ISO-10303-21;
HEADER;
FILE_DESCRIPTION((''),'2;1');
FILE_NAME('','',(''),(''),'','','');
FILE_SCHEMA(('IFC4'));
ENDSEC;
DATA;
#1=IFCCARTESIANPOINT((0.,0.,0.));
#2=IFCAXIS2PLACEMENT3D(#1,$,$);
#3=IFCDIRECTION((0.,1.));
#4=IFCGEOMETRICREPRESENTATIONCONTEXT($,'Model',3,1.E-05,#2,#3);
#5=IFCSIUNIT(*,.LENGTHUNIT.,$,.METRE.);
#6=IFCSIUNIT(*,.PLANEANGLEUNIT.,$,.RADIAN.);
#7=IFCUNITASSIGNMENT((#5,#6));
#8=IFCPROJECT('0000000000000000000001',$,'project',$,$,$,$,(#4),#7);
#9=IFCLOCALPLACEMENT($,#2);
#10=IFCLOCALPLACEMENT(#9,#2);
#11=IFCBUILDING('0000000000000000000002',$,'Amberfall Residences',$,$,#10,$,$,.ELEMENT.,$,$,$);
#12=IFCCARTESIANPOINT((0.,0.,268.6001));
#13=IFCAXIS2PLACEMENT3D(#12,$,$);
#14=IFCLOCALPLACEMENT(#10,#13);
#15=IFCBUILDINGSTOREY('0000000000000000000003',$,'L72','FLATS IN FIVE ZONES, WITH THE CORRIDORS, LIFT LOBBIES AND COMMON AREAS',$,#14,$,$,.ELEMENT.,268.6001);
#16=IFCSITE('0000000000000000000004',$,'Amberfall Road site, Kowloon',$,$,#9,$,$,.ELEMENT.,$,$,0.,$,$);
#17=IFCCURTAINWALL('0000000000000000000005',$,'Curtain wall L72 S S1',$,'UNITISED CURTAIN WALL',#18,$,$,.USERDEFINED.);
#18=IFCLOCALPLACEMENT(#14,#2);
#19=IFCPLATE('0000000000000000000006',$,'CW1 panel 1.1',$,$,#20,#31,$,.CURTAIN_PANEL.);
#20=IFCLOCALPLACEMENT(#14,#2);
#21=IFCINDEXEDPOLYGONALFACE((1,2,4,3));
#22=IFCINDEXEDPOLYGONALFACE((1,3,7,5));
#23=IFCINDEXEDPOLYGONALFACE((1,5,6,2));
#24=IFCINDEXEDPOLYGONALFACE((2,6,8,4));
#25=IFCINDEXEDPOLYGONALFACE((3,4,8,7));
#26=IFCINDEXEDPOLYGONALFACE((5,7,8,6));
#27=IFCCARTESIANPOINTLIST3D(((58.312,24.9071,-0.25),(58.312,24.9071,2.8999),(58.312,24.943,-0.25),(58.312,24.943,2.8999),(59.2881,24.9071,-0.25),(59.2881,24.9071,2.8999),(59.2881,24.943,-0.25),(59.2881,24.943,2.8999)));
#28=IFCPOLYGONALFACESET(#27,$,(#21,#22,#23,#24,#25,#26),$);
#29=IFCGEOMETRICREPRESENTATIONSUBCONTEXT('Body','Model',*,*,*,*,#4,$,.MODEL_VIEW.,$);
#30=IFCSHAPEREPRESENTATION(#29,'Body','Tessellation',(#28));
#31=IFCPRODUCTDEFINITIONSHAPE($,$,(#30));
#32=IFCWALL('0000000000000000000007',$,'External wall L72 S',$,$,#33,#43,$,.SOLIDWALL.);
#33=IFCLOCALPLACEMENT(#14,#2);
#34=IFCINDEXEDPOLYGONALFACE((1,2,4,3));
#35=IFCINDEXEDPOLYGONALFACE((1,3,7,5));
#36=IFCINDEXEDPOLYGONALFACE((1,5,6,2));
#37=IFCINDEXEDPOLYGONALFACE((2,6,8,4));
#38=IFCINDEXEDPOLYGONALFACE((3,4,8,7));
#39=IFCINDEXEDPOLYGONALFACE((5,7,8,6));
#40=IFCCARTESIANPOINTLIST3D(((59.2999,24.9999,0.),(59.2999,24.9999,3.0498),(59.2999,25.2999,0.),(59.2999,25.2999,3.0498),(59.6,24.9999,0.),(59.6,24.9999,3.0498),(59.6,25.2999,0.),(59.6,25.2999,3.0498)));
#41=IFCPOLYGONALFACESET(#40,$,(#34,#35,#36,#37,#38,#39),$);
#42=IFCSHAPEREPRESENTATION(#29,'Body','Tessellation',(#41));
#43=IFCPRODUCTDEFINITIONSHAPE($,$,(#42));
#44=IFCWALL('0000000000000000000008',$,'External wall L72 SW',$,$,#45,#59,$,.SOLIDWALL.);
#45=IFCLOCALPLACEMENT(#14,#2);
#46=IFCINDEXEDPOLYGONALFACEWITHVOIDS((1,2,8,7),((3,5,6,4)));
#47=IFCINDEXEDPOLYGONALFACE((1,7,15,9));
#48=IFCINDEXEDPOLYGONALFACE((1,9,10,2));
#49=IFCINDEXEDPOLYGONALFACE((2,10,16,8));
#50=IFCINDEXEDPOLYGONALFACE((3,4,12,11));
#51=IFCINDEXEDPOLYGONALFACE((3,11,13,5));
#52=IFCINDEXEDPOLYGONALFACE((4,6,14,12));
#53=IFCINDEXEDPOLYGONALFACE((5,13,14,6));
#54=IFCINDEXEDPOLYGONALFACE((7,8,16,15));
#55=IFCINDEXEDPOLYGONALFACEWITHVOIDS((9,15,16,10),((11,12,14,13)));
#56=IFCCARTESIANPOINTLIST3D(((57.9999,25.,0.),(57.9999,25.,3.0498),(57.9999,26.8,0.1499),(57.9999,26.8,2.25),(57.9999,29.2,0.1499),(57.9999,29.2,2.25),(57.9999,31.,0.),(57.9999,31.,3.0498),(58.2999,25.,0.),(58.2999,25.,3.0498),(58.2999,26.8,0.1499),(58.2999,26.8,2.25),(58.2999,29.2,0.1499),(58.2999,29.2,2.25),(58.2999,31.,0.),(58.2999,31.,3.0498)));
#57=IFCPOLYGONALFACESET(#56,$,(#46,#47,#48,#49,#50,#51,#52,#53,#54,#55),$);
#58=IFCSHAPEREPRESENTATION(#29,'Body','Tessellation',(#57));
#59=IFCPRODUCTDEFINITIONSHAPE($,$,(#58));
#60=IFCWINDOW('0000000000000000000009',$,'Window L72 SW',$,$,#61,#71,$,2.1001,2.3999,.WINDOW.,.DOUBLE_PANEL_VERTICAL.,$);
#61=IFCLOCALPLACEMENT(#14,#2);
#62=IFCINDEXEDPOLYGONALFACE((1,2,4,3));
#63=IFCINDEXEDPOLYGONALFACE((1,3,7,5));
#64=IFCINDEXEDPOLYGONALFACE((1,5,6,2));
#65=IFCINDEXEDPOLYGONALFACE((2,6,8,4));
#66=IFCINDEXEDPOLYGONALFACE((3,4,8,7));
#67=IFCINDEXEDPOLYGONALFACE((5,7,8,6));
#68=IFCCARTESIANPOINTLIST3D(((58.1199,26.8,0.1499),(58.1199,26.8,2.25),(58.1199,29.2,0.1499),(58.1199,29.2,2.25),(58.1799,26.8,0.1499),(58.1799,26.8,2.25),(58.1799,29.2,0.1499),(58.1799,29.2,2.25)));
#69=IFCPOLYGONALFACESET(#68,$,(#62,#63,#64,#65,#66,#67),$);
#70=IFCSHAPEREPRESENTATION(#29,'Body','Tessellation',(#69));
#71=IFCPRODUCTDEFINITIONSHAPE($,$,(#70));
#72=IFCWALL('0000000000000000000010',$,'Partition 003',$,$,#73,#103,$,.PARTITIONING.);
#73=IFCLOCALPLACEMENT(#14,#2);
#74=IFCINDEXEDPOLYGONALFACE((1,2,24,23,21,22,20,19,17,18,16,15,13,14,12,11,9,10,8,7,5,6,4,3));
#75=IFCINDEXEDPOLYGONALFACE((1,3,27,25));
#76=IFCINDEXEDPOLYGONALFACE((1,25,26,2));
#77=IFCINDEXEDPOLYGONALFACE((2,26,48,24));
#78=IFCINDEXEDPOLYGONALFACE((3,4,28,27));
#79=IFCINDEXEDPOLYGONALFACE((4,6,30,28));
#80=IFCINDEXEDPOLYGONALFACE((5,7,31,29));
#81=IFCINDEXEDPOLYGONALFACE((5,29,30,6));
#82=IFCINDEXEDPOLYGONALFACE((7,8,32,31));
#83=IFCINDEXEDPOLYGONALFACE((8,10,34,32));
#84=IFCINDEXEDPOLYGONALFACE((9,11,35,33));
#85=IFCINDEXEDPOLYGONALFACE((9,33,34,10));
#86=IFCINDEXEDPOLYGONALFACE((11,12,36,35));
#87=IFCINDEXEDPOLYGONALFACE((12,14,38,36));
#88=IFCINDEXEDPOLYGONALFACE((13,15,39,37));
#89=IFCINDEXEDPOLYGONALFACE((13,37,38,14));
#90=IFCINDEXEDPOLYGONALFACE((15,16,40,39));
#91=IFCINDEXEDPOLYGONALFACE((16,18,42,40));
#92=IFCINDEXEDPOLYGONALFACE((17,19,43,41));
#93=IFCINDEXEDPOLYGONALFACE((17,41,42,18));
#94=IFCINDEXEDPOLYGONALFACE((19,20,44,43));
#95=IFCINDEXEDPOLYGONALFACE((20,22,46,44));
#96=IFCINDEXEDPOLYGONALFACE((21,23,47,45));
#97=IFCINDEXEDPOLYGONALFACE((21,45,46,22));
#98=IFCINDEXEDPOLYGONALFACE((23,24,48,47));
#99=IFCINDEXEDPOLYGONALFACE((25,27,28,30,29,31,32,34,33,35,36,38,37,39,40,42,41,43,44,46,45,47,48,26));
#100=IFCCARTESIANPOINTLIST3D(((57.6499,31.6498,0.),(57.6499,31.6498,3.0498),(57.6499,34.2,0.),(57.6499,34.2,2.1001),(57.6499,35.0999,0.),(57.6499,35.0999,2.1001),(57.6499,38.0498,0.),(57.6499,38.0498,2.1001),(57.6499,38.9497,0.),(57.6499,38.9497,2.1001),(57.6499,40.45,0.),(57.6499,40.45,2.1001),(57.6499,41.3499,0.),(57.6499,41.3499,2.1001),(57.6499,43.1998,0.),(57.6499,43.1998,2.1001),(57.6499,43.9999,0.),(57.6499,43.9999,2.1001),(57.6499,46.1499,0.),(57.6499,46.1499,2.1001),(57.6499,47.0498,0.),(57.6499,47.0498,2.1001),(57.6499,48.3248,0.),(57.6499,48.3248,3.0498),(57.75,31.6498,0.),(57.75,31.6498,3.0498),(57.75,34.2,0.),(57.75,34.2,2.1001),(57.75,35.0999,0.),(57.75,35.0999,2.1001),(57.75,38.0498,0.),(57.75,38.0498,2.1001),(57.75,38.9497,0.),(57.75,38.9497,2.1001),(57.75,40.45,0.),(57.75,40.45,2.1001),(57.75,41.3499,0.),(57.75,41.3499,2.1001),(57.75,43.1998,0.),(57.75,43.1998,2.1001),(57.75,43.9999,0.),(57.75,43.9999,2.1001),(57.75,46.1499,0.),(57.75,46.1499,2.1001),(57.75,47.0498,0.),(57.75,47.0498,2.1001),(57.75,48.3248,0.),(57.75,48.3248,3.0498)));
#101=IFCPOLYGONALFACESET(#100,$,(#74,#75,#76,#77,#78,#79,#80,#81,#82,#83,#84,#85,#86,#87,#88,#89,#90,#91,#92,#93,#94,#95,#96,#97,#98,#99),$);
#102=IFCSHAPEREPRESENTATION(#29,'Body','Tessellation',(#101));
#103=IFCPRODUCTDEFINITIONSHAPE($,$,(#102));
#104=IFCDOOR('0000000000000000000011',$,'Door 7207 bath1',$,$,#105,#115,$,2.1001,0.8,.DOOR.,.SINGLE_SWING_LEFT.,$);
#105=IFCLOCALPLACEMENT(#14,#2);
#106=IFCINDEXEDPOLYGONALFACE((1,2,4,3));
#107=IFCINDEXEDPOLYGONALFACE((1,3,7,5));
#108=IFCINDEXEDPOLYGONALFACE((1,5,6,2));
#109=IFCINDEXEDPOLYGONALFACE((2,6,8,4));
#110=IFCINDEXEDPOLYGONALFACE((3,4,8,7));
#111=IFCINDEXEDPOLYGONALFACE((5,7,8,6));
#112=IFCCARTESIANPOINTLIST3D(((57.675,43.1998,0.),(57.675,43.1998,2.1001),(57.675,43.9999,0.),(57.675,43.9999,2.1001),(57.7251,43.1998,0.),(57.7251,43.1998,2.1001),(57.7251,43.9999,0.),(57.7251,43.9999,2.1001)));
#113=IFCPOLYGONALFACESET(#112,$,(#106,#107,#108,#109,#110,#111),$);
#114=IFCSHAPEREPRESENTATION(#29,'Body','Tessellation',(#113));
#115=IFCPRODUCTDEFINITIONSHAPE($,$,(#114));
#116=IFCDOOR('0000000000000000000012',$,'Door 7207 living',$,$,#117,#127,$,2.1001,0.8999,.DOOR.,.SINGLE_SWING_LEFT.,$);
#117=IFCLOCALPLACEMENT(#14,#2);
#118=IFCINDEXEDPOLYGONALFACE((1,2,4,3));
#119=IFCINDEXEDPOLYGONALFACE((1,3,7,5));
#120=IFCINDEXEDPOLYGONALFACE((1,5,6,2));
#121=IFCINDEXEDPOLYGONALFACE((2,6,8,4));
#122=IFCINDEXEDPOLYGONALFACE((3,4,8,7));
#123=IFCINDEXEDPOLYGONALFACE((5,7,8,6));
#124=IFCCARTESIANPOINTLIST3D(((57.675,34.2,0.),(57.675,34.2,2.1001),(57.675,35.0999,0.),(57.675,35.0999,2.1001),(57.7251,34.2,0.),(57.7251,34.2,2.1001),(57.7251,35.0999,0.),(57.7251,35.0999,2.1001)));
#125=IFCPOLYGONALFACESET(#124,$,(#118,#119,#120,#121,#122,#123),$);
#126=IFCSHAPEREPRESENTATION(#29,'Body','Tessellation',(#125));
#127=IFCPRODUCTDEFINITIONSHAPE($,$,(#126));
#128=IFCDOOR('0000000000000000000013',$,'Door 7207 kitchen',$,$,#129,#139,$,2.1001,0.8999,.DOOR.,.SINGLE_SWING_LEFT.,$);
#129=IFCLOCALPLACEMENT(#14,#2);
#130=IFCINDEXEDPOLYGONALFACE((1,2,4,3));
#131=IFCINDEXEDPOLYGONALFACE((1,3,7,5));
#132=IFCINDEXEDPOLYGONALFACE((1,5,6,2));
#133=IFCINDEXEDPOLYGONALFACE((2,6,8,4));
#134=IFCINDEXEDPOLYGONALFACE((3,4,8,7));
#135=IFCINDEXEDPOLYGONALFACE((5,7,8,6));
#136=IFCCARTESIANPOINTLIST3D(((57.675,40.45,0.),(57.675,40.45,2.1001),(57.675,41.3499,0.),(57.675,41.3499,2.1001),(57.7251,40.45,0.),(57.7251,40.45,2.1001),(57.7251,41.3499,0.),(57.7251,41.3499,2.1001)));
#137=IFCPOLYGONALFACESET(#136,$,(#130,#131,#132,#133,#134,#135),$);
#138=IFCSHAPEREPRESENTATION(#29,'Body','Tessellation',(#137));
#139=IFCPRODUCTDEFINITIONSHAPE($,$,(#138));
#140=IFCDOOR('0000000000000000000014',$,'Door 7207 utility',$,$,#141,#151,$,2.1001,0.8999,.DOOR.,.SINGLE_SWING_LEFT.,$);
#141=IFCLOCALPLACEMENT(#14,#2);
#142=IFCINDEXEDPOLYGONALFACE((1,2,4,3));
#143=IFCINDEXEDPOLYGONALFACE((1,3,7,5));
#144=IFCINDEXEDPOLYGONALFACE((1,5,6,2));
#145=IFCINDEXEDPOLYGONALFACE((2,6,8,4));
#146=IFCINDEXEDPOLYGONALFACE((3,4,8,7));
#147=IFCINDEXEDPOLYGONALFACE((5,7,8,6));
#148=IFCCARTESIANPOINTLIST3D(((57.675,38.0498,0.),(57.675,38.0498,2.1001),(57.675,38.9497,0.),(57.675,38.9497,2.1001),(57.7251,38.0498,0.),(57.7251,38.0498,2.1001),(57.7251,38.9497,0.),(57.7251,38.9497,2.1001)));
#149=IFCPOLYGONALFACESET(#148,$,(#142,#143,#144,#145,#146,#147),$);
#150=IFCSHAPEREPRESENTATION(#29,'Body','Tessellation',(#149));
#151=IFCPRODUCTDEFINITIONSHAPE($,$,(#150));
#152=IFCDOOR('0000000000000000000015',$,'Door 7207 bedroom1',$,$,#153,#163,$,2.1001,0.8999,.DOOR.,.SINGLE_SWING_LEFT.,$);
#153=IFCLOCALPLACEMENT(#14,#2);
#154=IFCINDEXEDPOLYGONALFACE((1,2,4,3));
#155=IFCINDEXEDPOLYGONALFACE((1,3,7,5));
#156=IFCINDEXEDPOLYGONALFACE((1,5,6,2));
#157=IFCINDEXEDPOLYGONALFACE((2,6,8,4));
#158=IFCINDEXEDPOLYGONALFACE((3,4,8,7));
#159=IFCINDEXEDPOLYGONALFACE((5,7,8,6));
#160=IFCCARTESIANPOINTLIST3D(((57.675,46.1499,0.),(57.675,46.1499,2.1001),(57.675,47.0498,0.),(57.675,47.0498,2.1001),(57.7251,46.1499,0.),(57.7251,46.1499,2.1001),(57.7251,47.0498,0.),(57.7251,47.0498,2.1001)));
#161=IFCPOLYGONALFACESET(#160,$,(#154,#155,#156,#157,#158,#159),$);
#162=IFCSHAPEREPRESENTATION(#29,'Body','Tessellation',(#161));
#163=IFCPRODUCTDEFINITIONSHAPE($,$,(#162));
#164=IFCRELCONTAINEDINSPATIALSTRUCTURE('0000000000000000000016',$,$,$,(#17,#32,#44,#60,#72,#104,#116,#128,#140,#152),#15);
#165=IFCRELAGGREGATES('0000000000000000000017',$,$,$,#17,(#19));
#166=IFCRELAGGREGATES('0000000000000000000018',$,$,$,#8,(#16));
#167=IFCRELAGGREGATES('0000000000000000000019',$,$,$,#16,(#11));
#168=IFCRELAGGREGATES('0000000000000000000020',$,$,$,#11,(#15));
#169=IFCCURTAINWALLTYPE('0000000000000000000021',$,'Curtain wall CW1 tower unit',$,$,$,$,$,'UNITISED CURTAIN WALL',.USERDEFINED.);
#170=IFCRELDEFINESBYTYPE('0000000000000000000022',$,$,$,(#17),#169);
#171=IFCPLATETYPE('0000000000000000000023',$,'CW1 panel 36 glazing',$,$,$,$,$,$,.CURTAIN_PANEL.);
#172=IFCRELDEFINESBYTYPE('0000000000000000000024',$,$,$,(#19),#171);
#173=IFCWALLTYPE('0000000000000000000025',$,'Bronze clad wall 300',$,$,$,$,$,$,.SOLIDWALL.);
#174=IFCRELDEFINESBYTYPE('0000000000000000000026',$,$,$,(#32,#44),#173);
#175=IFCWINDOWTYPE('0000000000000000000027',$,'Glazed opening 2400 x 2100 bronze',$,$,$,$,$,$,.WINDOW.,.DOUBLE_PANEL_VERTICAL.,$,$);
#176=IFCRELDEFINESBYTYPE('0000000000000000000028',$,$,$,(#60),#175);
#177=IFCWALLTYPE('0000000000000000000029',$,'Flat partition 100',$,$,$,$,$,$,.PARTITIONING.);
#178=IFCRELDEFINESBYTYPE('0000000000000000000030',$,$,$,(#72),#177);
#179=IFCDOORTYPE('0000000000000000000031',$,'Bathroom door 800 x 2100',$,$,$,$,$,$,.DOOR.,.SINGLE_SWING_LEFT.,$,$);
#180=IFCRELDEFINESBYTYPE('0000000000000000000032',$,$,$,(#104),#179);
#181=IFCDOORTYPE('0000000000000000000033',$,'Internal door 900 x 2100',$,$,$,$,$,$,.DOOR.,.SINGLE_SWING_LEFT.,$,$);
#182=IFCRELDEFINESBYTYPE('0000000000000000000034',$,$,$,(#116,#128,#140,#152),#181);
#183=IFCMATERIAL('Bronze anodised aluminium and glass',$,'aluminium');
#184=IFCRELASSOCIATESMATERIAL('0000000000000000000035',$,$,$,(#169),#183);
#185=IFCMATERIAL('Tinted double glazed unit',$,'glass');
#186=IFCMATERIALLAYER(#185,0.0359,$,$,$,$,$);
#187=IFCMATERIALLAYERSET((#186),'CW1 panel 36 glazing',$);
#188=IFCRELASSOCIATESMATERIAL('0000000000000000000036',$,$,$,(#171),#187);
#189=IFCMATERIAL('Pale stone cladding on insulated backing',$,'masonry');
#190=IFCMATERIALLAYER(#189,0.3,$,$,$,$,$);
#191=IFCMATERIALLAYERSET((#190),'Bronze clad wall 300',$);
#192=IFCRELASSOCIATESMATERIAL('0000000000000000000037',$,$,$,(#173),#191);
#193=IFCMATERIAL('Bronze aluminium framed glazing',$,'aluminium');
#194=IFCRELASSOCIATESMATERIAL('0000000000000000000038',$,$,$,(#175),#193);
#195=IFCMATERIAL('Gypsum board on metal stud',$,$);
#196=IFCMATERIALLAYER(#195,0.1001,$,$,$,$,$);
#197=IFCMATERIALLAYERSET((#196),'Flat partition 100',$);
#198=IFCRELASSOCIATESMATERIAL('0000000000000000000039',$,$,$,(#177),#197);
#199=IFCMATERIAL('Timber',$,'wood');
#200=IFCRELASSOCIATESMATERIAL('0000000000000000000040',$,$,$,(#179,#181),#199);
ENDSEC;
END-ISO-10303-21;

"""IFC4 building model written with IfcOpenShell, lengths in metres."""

from ifc_helpers import new_model, si_unit, direction, frame, frame_2d, origin, origin_2d, place, context, subcontext, project, spatial, rectangle, extrude, material, layer, layer_set, type_object, element, fill, aggregate, save


model = new_model("IFC4")

# Units and contexts
model_context = context("Model", 3, precision=1e-05, world=origin(), true_north=direction((0.0, 1.0)))
body_context = subcontext(model_context, "Body", "Model", "MODEL_VIEW")
ifc_project = project(units=[si_unit("LENGTHUNIT", "METRE"), si_unit("PLANEANGLEUNIT", "RADIAN")], contexts=[model_context])

# Site, building, storey
site_placement = place(None, origin())
site = spatial("IfcSite", under=ifc_project, at=site_placement, Name="Amberfall Road site, Kowloon", CompositionType="ELEMENT", RefElevation=0.0)
building_placement = place(site_placement, origin())
building = spatial("IfcBuilding", under=site, at=building_placement, Name="Amberfall Residences", CompositionType="ELEMENT")
storey_placement = place(building_placement, frame((0.0, 0.0, 268.6001)))
storey = spatial("IfcBuildingStorey", under=building, at=storey_placement, Name="L72", Description="FLATS IN FIVE ZONES, WITH THE CORRIDORS, LIFT LOBBIES AND COMMON AREAS", CompositionType="ELEMENT", Elevation=268.6001)

# Curtain wall
ifc_material_1 = material(Name="Bronze anodised aluminium and glass", Category="aluminium")
curtain_wall_type = type_object("IfcCurtainWallType", Name="Curtain wall CW1 tower unit", ElementType="UNITISED CURTAIN WALL", PredefinedType="USERDEFINED", material=ifc_material_1)
curtain_wall_placement = place(storey_placement, origin())
curtain_wall = element("IfcCurtainWall", 1, at=curtain_wall_placement, inside=storey, type_object=curtain_wall_type, Name="Curtain wall L72 S S1", ObjectType="UNITISED CURTAIN WALL", PredefinedType="USERDEFINED")

# Plate
ifc_material_2 = material(Name="Tinted double glazed unit", Category="glass")
ifc_layer_1 = layer(ifc_material_2, 0.0359)
ifc_layer_set_1 = layer_set([ifc_layer_1], Name="CW1 panel 36 glazing")
plate_type = type_object("IfcPlateType", Name="CW1 panel 36 glazing", PredefinedType="CURTAIN_PANEL", material=ifc_layer_set_1)
plate_placement = place(storey_placement, frame((58.8, 24.925, -0.25), z_axis=(0.0, 0.0, 1.0), x_axis=(1.0, 0.0, 0.0)))
plate = element("IfcPlate", 2, at=plate_placement, type_object=plate_type, Name="CW1 panel 1.1", PredefinedType="CURTAIN_PANEL", context=body_context, shape_type="SweptSolid", body=[
    extrude(rectangle(XDim=0.9761, YDim=0.0359, at=origin_2d()), origin(), (0.0, 0.0, 1.0), 3.1499),
])
aggregate(curtain_wall, [plate])

# Wall
ifc_material_3 = material(Name="Pale stone cladding on insulated backing", Category="masonry")
ifc_layer_2 = layer(ifc_material_3, 0.3)
ifc_layer_set_2 = layer_set([ifc_layer_2], Name="Bronze clad wall 300")
wall_type_1 = type_object("IfcWallType", Name="Bronze clad wall 300", PredefinedType="SOLIDWALL", material=ifc_layer_set_2)
wall_1_placement = place(storey_placement, frame((59.45, 25.0, 0.0), z_axis=(0.0, 0.0, 1.0), x_axis=(0.0, 1.0, 0.0)))
element("IfcWall", 3, at=wall_1_placement, inside=storey, type_object=wall_type_1, Name="External wall L72 S", PredefinedType="SOLIDWALL", context=body_context, shape_type="SweptSolid", body=[
    extrude(rectangle(XDim=0.3, YDim=0.3, at=frame_2d((0.1499, 0.0))), origin(), (0.0, 0.0, 1.0), 3.0498),
])

# Wall, opening, window
wall_2_placement = place(storey_placement, frame((58.1499, 31.0, 0.0), z_axis=(0.0, 0.0, 1.0), x_axis=(0.0, -1.0, 0.0)))
wall_2 = element("IfcWall", 4, at=wall_2_placement, inside=storey, type_object=wall_type_1, Name="External wall L72 SW", PredefinedType="SOLIDWALL", context=body_context, shape_type="SweptSolid", body=[
    extrude(rectangle(XDim=6.0, YDim=0.3, at=frame_2d((3.0, 0.0))), origin(), (0.0, 0.0, 1.0), 3.0498),
])
opening_1_placement = place(wall_2_placement, frame((1.8, 0.0, 0.1499)))
opening_1 = element("IfcOpeningElement", 5, at=opening_1_placement, cuts=wall_2, PredefinedType="OPENING", context=body_context, shape_type="SweptSolid", body=[
    extrude(rectangle(XDim=2.3999, YDim=2.1001, at=frame_2d((1.2, 1.05))), frame((0.0, 0.1599, 0.0), z_axis=(0.0, -1.0, 0.0), x_axis=(1.0, 0.0, 0.0)), (0.0, 0.0, 1.0), 0.3201),
])
ifc_material_4 = material(Name="Bronze aluminium framed glazing", Category="aluminium")
window_type = type_object("IfcWindowType", Name="Glazed opening 2400 x 2100 bronze", PartitioningType="DOUBLE_PANEL_VERTICAL", PredefinedType="WINDOW", material=ifc_material_4)
window_placement = place(opening_1_placement, origin())
window = element("IfcWindow", 6, at=window_placement, inside=storey, type_object=window_type, Name="Window L72 SW", OverallHeight=2.1001, OverallWidth=2.3999, PartitioningType="DOUBLE_PANEL_VERTICAL", PredefinedType="WINDOW", context=body_context, shape_type="SweptSolid", body=[
    extrude(rectangle(XDim=2.3999, YDim=2.1001, at=frame_2d((1.2, 1.05))), frame((0.0, 0.03, 0.0), z_axis=(0.0, -1.0, 0.0), x_axis=(1.0, 0.0, 0.0)), (0.0, 0.0, 1.0), 0.0601),
])
fill(opening_1, window)

# Wall, openings, doors
ifc_material_5 = material(Name="Gypsum board on metal stud")
ifc_layer_3 = layer(ifc_material_5, 0.1001)
ifc_layer_set_3 = layer_set([ifc_layer_3], Name="Flat partition 100")
wall_type_2 = type_object("IfcWallType", Name="Flat partition 100", PredefinedType="PARTITIONING", material=ifc_layer_set_3)
wall_3_placement = place(storey_placement, frame((57.7, 31.6499, 0.0), z_axis=(0.0, 0.0, 1.0), x_axis=(0.0, 1.0, 0.0)))
wall_3 = element("IfcWall", 7, at=wall_3_placement, inside=storey, type_object=wall_type_2, Name="Partition 003", PredefinedType="PARTITIONING", context=body_context, shape_type="SweptSolid", body=[
    extrude(rectangle(XDim=16.675, YDim=0.1001, at=frame_2d((8.3374, 0.0))), origin(), (0.0, 0.0, 1.0), 3.0498),
])
opening_2_placement = place(wall_3_placement, frame((2.55, 0.0, 0.0)))
opening_2 = element("IfcOpeningElement", 8, at=opening_2_placement, cuts=wall_3, PredefinedType="OPENING", context=body_context, shape_type="SweptSolid", body=[
    extrude(rectangle(XDim=0.8999, YDim=2.1001, at=frame_2d((0.45, 1.05))), frame((0.0, 0.0601, 0.0), z_axis=(0.0, -1.0, 0.0), x_axis=(1.0, 0.0, 0.0)), (0.0, 0.0, 1.0), 0.1201),
])
opening_3_placement = place(wall_3_placement, frame((8.8, 0.0, 0.0)))
opening_3 = element("IfcOpeningElement", 9, at=opening_3_placement, cuts=wall_3, PredefinedType="OPENING", context=body_context, shape_type="SweptSolid", body=[
    extrude(rectangle(XDim=0.8999, YDim=2.1001, at=frame_2d((0.45, 1.05))), frame((0.0, 0.0601, 0.0), z_axis=(0.0, -1.0, 0.0), x_axis=(1.0, 0.0, 0.0)), (0.0, 0.0, 1.0), 0.1201),
])
opening_4_placement = place(wall_3_placement, frame((6.3999, 0.0, 0.0)))
opening_4 = element("IfcOpeningElement", 10, at=opening_4_placement, cuts=wall_3, PredefinedType="OPENING", context=body_context, shape_type="SweptSolid", body=[
    extrude(rectangle(XDim=0.8999, YDim=2.1001, at=frame_2d((0.45, 1.05))), frame((0.0, 0.0601, 0.0), z_axis=(0.0, -1.0, 0.0), x_axis=(1.0, 0.0, 0.0)), (0.0, 0.0, 1.0), 0.1201),
])
opening_5_placement = place(wall_3_placement, frame((14.5, 0.0, 0.0)))
opening_5 = element("IfcOpeningElement", 11, at=opening_5_placement, cuts=wall_3, PredefinedType="OPENING", context=body_context, shape_type="SweptSolid", body=[
    extrude(rectangle(XDim=0.8999, YDim=2.1001, at=frame_2d((0.45, 1.05))), frame((0.0, 0.0601, 0.0), z_axis=(0.0, -1.0, 0.0), x_axis=(1.0, 0.0, 0.0)), (0.0, 0.0, 1.0), 0.1201),
])
opening_6_placement = place(wall_3_placement, frame((11.55, 0.0, 0.0)))
opening_6 = element("IfcOpeningElement", 12, at=opening_6_placement, cuts=wall_3, PredefinedType="OPENING", context=body_context, shape_type="SweptSolid", body=[
    extrude(rectangle(XDim=0.8, YDim=2.1001, at=frame_2d((0.3999, 1.05))), frame((0.0, 0.0601, 0.0), z_axis=(0.0, -1.0, 0.0), x_axis=(1.0, 0.0, 0.0)), (0.0, 0.0, 1.0), 0.1201),
])
ifc_material_6 = material(Name="Timber", Category="wood")
door_type_1 = type_object("IfcDoorType", Name="Bathroom door 800 x 2100", OperationType="SINGLE_SWING_LEFT", PredefinedType="DOOR", material=ifc_material_6)
door_1_placement = place(opening_6_placement, origin())
door_1 = element("IfcDoor", 13, at=door_1_placement, inside=storey, type_object=door_type_1, Name="Door 7207 bath1", OperationType="SINGLE_SWING_LEFT", OverallHeight=2.1001, OverallWidth=0.8, PredefinedType="DOOR", context=body_context, shape_type="SweptSolid", body=[
    extrude(rectangle(XDim=0.8, YDim=2.1001, at=frame_2d((0.3999, 1.05))), frame((0.0, 0.0249, 0.0), z_axis=(0.0, -1.0, 0.0), x_axis=(1.0, 0.0, 0.0)), (0.0, 0.0, 1.0), 0.05),
])
fill(opening_6, door_1)
door_type_2 = type_object("IfcDoorType", Name="Internal door 900 x 2100", OperationType="SINGLE_SWING_LEFT", PredefinedType="DOOR", material=ifc_material_6)
door_2_placement = place(opening_2_placement, origin())
door_2 = element("IfcDoor", 14, at=door_2_placement, inside=storey, type_object=door_type_2, Name="Door 7207 living", OperationType="SINGLE_SWING_LEFT", OverallHeight=2.1001, OverallWidth=0.8999, PredefinedType="DOOR", context=body_context, shape_type="SweptSolid", body=[
    extrude(rectangle(XDim=0.8999, YDim=2.1001, at=frame_2d((0.45, 1.05))), frame((0.0, 0.0249, 0.0), z_axis=(0.0, -1.0, 0.0), x_axis=(1.0, 0.0, 0.0)), (0.0, 0.0, 1.0), 0.05),
])
fill(opening_2, door_2)
door_3_placement = place(opening_3_placement, origin())
door_3 = element("IfcDoor", 15, at=door_3_placement, inside=storey, type_object=door_type_2, Name="Door 7207 kitchen", OperationType="SINGLE_SWING_LEFT", OverallHeight=2.1001, OverallWidth=0.8999, PredefinedType="DOOR", context=body_context, shape_type="SweptSolid", body=[
    extrude(rectangle(XDim=0.8999, YDim=2.1001, at=frame_2d((0.45, 1.05))), frame((0.0, 0.0249, 0.0), z_axis=(0.0, -1.0, 0.0), x_axis=(1.0, 0.0, 0.0)), (0.0, 0.0, 1.0), 0.05),
])
fill(opening_3, door_3)
door_4_placement = place(opening_4_placement, origin())
door_4 = element("IfcDoor", 16, at=door_4_placement, inside=storey, type_object=door_type_2, Name="Door 7207 utility", OperationType="SINGLE_SWING_LEFT", OverallHeight=2.1001, OverallWidth=0.8999, PredefinedType="DOOR", context=body_context, shape_type="SweptSolid", body=[
    extrude(rectangle(XDim=0.8999, YDim=2.1001, at=frame_2d((0.45, 1.05))), frame((0.0, 0.0249, 0.0), z_axis=(0.0, -1.0, 0.0), x_axis=(1.0, 0.0, 0.0)), (0.0, 0.0, 1.0), 0.05),
])
fill(opening_4, door_4)
door_5_placement = place(opening_5_placement, origin())
door_5 = element("IfcDoor", 17, at=door_5_placement, inside=storey, type_object=door_type_2, Name="Door 7207 bedroom1", OperationType="SINGLE_SWING_LEFT", OverallHeight=2.1001, OverallWidth=0.8999, PredefinedType="DOOR", context=body_context, shape_type="SweptSolid", body=[
    extrude(rectangle(XDim=0.8999, YDim=2.1001, at=frame_2d((0.45, 1.05))), frame((0.0, 0.0249, 0.0), z_axis=(0.0, -1.0, 0.0), x_axis=(1.0, 0.0, 0.0)), (0.0, 0.0, 1.0), 0.05),
])
fill(opening_5, door_5)

save(model, "model.ifc")
